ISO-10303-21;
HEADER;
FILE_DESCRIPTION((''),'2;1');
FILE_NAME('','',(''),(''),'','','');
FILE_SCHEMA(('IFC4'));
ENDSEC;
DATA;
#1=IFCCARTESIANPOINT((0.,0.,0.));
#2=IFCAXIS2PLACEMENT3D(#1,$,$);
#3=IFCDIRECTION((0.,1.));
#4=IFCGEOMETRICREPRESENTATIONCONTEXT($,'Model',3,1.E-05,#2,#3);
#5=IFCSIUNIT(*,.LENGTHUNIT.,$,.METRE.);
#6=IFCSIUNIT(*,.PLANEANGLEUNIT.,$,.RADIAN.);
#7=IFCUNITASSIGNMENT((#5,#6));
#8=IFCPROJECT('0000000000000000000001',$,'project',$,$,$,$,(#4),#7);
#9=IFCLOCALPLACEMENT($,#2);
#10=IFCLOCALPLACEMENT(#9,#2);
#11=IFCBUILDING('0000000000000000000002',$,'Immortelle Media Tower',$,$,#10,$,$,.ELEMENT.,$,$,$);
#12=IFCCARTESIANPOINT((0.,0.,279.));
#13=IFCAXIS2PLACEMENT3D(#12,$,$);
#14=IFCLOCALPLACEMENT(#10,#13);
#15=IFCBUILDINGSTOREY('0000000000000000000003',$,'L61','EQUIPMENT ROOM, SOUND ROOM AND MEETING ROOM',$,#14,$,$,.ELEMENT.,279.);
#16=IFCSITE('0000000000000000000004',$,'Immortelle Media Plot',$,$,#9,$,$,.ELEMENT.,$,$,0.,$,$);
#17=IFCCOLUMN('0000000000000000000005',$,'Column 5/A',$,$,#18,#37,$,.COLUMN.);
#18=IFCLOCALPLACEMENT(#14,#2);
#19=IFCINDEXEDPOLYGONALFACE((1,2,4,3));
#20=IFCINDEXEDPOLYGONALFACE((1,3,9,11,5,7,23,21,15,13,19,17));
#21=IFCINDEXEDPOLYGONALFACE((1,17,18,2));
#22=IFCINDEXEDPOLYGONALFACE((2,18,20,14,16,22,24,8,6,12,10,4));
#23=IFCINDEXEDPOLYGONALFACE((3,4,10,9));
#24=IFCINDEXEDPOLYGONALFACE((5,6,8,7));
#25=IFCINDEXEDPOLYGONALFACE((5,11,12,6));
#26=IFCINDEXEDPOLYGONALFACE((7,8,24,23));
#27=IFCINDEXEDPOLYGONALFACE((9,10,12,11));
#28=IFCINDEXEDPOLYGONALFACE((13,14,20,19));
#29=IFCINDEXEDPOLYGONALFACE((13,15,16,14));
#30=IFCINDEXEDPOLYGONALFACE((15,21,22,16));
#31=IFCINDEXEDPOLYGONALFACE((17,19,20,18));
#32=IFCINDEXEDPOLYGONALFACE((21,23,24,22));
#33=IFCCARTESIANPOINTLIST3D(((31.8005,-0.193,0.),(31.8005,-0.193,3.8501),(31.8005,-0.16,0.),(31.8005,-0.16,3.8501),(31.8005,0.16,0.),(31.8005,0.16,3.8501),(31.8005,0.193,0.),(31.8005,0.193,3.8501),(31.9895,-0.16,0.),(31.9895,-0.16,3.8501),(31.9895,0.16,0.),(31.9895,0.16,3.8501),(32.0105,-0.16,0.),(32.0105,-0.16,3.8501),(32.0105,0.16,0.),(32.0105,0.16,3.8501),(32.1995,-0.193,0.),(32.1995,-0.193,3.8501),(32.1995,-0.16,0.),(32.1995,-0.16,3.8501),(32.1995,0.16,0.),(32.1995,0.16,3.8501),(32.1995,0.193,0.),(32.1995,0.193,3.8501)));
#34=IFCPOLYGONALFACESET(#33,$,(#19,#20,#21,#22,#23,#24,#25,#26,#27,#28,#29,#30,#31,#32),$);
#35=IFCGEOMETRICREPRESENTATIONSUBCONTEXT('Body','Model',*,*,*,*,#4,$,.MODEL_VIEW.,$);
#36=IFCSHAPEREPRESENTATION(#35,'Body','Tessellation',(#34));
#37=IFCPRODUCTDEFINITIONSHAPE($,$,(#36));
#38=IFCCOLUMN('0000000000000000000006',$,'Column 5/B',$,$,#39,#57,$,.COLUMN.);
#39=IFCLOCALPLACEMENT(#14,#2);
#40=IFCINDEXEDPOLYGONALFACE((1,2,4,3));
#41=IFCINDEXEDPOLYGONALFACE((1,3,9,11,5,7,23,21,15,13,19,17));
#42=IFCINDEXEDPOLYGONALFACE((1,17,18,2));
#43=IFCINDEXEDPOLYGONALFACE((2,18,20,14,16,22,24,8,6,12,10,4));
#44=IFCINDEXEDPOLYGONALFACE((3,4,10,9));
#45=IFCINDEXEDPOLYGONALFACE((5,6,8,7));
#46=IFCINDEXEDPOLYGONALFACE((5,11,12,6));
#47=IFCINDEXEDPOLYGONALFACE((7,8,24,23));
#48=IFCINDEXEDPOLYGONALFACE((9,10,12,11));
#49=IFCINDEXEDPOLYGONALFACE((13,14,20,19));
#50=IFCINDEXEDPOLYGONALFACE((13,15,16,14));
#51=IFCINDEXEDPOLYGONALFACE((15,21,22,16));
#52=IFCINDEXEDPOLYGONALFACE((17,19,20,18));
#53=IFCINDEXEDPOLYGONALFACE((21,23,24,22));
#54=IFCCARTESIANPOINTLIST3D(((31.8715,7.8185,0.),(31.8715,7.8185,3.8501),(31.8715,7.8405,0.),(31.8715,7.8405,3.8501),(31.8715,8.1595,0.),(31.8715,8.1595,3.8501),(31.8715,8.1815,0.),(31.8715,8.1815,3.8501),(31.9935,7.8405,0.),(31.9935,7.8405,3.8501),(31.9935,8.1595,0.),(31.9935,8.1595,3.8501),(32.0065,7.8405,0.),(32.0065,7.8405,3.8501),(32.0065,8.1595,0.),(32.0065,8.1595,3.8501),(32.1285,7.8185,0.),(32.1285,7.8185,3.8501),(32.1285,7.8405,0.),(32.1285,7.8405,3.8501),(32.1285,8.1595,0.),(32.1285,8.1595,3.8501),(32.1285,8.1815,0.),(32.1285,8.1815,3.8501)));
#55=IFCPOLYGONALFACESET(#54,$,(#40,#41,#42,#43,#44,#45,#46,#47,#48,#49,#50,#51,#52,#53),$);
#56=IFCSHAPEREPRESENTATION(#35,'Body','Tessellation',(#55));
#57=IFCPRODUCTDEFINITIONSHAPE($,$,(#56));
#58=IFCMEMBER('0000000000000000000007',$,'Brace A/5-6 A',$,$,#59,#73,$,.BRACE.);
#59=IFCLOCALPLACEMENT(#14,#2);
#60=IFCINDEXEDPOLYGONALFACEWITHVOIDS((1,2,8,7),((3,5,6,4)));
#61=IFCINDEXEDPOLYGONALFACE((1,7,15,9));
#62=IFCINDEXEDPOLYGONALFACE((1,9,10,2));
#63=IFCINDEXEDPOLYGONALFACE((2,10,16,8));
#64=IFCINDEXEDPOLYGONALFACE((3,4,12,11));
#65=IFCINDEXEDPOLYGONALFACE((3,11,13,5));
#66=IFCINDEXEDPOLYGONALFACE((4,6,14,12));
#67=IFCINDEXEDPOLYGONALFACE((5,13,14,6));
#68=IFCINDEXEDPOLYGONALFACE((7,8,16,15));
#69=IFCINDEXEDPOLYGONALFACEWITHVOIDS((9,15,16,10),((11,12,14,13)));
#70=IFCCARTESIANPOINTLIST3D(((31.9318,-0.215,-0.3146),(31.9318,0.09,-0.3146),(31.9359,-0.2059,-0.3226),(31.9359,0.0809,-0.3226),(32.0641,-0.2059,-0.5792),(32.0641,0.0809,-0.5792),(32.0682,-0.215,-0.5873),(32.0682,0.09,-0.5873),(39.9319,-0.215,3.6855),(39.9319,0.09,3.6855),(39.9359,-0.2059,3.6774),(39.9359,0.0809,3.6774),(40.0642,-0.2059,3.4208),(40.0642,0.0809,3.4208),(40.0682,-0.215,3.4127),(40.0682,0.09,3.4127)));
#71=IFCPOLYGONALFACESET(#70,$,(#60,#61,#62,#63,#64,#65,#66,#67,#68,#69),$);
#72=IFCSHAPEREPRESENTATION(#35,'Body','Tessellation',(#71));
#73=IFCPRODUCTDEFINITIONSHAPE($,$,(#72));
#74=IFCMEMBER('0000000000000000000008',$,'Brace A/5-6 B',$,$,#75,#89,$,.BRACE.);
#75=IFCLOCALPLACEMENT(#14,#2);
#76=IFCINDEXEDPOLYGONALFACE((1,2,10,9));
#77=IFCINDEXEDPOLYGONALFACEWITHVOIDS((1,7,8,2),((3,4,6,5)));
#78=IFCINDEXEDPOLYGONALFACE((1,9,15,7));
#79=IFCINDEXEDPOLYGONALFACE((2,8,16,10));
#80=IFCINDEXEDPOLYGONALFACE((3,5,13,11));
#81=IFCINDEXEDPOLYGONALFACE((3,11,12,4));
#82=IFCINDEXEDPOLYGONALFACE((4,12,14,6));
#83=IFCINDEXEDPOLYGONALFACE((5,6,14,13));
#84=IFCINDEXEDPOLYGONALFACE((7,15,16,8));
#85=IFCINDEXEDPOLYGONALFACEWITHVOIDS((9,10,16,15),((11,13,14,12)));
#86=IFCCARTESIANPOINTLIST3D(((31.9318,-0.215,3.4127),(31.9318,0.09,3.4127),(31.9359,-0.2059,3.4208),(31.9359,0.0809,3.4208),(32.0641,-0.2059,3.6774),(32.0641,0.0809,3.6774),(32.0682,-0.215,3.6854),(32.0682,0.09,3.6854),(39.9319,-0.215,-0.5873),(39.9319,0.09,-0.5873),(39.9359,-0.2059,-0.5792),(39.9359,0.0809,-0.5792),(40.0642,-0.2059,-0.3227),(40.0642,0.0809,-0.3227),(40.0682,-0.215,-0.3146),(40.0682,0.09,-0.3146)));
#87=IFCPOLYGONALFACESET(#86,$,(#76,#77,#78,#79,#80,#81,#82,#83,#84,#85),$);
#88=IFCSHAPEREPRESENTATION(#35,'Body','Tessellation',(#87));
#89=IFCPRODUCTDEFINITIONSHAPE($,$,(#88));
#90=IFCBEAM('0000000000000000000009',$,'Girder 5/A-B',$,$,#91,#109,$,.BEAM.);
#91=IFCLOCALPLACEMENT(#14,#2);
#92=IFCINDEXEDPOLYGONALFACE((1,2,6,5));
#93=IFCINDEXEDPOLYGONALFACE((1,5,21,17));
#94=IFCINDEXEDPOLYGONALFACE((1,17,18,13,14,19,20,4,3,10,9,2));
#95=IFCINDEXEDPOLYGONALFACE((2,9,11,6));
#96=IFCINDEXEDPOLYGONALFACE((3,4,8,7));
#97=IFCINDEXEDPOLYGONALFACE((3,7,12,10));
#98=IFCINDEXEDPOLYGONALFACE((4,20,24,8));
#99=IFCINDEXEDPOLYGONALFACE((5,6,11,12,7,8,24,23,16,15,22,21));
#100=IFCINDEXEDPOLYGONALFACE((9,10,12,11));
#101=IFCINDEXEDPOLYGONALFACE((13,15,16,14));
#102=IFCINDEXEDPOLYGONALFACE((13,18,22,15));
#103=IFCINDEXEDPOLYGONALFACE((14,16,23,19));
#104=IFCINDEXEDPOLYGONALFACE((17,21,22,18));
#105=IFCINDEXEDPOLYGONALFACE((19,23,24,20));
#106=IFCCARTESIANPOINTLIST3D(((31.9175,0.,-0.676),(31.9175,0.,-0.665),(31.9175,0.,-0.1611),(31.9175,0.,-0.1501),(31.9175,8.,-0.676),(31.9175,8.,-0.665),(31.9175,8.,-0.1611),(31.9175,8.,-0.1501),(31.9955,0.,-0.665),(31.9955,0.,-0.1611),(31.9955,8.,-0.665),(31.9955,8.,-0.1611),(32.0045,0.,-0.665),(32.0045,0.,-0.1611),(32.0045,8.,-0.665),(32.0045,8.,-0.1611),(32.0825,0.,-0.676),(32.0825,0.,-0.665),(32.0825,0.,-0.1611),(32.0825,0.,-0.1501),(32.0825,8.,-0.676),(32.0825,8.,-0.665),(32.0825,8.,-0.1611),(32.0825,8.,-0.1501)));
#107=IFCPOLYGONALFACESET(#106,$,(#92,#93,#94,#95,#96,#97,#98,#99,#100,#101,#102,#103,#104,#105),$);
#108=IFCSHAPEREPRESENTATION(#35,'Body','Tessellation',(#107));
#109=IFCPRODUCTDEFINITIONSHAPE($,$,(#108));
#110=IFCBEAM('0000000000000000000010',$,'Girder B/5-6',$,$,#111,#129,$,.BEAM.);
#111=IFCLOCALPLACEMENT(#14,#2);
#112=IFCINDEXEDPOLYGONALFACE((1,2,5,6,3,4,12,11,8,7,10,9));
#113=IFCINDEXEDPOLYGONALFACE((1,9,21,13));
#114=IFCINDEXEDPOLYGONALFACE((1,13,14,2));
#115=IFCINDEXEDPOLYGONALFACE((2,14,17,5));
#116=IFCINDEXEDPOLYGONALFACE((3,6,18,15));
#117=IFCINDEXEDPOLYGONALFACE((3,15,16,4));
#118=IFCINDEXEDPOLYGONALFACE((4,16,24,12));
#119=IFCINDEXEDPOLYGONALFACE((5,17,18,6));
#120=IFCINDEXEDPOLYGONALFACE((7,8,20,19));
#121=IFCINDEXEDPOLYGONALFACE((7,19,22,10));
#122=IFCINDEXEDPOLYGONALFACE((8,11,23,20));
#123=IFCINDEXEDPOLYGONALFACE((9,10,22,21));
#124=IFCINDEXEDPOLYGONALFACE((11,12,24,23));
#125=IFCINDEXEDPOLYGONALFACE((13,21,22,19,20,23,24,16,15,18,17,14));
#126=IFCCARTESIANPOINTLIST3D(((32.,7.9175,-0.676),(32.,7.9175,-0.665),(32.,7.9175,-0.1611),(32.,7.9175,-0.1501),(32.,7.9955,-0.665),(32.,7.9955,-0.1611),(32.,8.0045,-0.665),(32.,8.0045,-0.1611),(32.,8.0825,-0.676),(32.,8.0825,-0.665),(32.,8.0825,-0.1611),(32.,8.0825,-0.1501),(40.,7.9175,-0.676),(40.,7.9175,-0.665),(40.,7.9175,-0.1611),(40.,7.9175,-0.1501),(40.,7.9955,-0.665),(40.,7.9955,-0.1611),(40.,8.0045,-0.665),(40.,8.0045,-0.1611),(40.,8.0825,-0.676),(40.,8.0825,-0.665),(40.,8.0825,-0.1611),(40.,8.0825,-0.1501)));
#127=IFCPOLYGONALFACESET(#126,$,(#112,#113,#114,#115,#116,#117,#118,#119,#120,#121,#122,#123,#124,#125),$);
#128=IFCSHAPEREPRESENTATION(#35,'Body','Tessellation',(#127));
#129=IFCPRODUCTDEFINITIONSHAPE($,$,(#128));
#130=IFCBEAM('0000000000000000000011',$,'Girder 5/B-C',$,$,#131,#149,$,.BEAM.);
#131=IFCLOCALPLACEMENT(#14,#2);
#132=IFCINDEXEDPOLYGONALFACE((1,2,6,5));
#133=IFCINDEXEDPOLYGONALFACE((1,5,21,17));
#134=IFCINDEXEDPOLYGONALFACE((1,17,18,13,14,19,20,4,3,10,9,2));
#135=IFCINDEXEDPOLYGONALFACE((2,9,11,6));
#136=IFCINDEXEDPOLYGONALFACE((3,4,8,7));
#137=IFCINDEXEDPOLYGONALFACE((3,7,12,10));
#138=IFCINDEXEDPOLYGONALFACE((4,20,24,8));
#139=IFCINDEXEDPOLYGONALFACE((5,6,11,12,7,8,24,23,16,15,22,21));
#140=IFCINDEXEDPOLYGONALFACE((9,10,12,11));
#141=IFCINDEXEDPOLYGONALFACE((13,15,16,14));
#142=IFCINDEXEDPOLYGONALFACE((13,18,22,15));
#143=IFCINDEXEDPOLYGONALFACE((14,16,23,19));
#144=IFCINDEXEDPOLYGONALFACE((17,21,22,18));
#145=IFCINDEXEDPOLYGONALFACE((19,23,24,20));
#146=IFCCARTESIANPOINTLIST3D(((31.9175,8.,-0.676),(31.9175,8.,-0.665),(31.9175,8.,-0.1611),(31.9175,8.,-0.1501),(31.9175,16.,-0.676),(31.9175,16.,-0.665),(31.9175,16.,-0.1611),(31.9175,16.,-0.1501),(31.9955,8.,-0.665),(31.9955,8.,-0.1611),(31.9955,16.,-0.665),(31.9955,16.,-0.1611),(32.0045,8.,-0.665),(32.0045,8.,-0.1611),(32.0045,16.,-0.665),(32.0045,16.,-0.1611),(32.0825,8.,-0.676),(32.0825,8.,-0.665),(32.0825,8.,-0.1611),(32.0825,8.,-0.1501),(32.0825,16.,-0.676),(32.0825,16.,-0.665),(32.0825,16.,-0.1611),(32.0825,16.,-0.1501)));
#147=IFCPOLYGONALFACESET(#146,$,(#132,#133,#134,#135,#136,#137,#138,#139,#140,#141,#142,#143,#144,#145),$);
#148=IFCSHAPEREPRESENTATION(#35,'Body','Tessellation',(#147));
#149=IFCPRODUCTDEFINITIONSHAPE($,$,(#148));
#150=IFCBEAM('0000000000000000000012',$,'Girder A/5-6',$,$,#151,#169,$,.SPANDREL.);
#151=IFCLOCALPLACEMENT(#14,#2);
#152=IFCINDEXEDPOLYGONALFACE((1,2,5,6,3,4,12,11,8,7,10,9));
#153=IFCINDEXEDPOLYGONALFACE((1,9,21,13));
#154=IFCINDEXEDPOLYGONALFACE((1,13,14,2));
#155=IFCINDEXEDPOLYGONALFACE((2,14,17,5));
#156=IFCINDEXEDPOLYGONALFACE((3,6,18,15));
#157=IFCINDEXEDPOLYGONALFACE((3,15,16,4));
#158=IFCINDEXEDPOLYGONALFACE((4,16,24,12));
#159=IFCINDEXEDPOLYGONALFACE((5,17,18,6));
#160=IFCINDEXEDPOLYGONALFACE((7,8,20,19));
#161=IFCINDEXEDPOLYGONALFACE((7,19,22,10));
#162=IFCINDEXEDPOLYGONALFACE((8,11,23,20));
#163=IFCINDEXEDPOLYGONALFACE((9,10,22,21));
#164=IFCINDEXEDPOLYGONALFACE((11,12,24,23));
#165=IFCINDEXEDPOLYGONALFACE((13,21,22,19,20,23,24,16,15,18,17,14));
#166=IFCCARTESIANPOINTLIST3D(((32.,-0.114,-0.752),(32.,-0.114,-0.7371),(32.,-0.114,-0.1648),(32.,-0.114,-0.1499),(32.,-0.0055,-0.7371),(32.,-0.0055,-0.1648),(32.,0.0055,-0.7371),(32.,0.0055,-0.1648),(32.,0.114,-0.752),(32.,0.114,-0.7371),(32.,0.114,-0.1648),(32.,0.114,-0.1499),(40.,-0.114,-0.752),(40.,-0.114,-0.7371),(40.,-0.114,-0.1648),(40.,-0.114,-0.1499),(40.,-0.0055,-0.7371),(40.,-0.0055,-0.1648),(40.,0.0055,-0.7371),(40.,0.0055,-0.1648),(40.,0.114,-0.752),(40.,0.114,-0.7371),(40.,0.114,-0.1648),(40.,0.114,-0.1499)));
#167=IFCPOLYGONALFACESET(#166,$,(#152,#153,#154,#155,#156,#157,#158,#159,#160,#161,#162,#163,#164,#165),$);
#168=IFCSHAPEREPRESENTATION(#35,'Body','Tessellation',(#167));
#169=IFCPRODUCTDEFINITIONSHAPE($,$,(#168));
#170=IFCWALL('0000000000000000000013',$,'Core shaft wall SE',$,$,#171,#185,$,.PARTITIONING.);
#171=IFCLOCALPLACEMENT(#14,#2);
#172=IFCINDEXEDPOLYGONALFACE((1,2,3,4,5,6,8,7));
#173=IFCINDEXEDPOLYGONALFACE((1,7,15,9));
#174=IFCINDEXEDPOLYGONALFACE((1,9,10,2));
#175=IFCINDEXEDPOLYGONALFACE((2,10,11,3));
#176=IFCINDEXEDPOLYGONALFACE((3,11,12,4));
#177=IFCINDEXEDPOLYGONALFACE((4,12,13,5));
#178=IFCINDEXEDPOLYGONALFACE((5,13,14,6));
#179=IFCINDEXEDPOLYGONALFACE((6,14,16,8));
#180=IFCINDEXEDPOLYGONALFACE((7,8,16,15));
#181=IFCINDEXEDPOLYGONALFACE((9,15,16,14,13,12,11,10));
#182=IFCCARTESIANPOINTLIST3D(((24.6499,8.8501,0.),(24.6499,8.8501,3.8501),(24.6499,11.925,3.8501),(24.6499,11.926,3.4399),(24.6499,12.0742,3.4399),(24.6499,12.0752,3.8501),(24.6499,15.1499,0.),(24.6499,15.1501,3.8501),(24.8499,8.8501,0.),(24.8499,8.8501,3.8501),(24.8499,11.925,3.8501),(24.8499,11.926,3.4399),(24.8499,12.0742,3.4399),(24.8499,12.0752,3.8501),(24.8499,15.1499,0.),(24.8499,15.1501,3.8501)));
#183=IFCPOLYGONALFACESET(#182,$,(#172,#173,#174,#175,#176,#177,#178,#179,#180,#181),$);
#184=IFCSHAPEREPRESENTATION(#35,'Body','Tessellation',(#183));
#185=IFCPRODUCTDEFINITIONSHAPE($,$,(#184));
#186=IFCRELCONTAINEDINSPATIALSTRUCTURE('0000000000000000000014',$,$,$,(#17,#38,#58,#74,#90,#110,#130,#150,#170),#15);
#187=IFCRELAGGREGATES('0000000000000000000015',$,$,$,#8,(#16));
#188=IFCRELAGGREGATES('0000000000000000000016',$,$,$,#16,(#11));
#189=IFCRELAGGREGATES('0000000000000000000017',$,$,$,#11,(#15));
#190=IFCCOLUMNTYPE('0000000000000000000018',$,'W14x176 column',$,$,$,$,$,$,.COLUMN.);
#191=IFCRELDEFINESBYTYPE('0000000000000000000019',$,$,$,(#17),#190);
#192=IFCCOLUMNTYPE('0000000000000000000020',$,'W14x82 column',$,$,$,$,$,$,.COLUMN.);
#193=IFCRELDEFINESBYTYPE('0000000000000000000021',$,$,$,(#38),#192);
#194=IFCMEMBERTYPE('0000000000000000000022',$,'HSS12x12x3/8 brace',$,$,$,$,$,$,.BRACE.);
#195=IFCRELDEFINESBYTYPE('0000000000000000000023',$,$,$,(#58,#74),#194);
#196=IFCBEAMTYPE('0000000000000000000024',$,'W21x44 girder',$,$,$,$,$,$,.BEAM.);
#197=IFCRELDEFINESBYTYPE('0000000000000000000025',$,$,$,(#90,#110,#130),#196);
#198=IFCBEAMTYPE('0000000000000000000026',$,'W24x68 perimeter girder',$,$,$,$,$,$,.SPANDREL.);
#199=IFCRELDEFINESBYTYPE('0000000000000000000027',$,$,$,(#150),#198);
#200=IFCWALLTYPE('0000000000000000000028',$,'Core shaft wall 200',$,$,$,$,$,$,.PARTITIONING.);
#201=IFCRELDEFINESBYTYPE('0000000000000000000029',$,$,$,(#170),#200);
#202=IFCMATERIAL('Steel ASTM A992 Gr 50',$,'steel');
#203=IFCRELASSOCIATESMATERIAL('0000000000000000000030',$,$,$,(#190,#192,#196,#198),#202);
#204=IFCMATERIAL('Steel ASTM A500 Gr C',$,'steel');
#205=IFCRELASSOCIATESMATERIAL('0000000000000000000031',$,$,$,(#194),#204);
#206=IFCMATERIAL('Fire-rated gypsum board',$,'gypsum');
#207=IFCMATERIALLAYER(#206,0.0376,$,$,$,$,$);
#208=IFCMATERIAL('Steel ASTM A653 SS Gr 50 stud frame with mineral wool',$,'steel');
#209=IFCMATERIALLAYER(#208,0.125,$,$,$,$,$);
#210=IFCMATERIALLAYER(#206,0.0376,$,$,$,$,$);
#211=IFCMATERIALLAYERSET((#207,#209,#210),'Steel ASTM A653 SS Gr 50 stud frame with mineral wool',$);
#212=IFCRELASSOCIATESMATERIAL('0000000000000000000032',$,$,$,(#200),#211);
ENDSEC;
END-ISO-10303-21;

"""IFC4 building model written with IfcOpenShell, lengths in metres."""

from ifc_helpers import new_model, si_unit, direction, frame, origin, origin_2d, place, context, subcontext, project, spatial, polyline, hollow_rectangle, i_section, outline, extrude, material, layer, layer_set, material_profile, profile_set, type_object, element, save


model = new_model("IFC4")

# Units and contexts
model_context = context("Model", 3, precision=1e-05, world=origin(), true_north=direction((0.0, 1.0)))
body_context = subcontext(model_context, "Body", "Model", "MODEL_VIEW")
ifc_project = project(units=[si_unit("LENGTHUNIT", "METRE"), si_unit("PLANEANGLEUNIT", "RADIAN")], contexts=[model_context])

# Site, building, storey
site_placement = place(None, origin())
site = spatial("IfcSite", under=ifc_project, at=site_placement, Name="Immortelle Media Plot", CompositionType="ELEMENT", RefElevation=0.0)
building_placement = place(site_placement, origin())
building = spatial("IfcBuilding", under=site, at=building_placement, Name="Immortelle Media Tower", CompositionType="ELEMENT")
storey_placement = place(building_placement, frame((0.0, 0.0, 279.0)))
storey = spatial("IfcBuildingStorey", under=building, at=storey_placement, Name="L61", Description="EQUIPMENT ROOM, SOUND ROOM AND MEETING ROOM", CompositionType="ELEMENT", Elevation=279.0)

# Columns
ifc_material_1 = material(Name="Steel ASTM A992 Gr 50", Category="steel")
ifc_material_profile_1 = material_profile(ifc_material_1, i_section(OverallWidth=0.3989, OverallDepth=0.386, WebThickness=0.021, FlangeThickness=0.033, at=origin_2d()), Name="W14x176")
ifc_profile_set_1 = profile_set([ifc_material_profile_1], Name="Steel ASTM A992 Gr 50")
column_type_1 = type_object("IfcColumnType", Name="W14x176 column", PredefinedType="COLUMN", material=ifc_profile_set_1)
column_1_placement = place(storey_placement, frame((32.0, 0.0, 0.0), z_axis=(0.0, 0.0, 1.0), x_axis=(1.0, 0.0, 0.0)))
element("IfcColumn", 1, at=column_1_placement, inside=storey, type_object=column_type_1, Name="Column 5/A", PredefinedType="COLUMN", context=body_context, shape_type="SweptSolid", body=[
    extrude(i_section(OverallWidth=0.3989, OverallDepth=0.386, WebThickness=0.021, FlangeThickness=0.033, at=origin_2d()), origin(), (0.0, 0.0, 1.0), 3.8501),
])
ifc_material_profile_2 = material_profile(ifc_material_1, i_section(OverallWidth=0.2571, OverallDepth=0.363, WebThickness=0.0129, FlangeThickness=0.022, at=origin_2d()), Name="W14x82")
ifc_profile_set_2 = profile_set([ifc_material_profile_2], Name="Steel ASTM A992 Gr 50")
column_type_2 = type_object("IfcColumnType", Name="W14x82 column", PredefinedType="COLUMN", material=ifc_profile_set_2)
column_2_placement = place(storey_placement, frame((32.0, 8.0, 0.0), z_axis=(0.0, 0.0, 1.0), x_axis=(1.0, 0.0, 0.0)))
element("IfcColumn", 2, at=column_2_placement, inside=storey, type_object=column_type_2, Name="Column 5/B", PredefinedType="COLUMN", context=body_context, shape_type="SweptSolid", body=[
    extrude(i_section(OverallWidth=0.2571, OverallDepth=0.363, WebThickness=0.0129, FlangeThickness=0.022, at=origin_2d()), origin(), (0.0, 0.0, 1.0), 3.8501),
])

# Members
ifc_material_2 = material(Name="Steel ASTM A500 Gr C", Category="steel")
ifc_material_profile_3 = material_profile(ifc_material_2, hollow_rectangle(XDim=0.3049, YDim=0.3049, WallThickness=0.009, at=origin_2d()), Name="HSS12x12x3/8 brace")
ifc_profile_set_3 = profile_set([ifc_material_profile_3], Name="Steel ASTM A500 Gr C")
member_type = type_object("IfcMemberType", Name="HSS12x12x3/8 brace", PredefinedType="BRACE", material=ifc_profile_set_3)
for number, where, z_axis, x_axis, name in (
    (3, (32.0, -0.0625, -0.4509), (0.894427, 0.0, 0.447214), (0.0, 1.0, 0.0), "Brace A/5-6 A"),
    (4, (32.0, -0.0625, 3.5491), (0.894427, 0.0, -0.447214), (0.0, 1.0, 0.0), "Brace A/5-6 B"),
):
    element("IfcMember", number, at=place(storey_placement, frame(where, z_axis=z_axis, x_axis=x_axis)), inside=storey, type_object=member_type, Name=name, PredefinedType="BRACE", context=body_context, shape_type="SweptSolid", body=[
        extrude(hollow_rectangle(XDim=0.3049, YDim=0.3049, WallThickness=0.009, at=origin_2d()), origin(), (0.0, 0.0, 1.0), 8.9443),
    ])

# Beams
ifc_material_profile_4 = material_profile(ifc_material_1, i_section(OverallWidth=0.165, OverallDepth=0.5259, WebThickness=0.009, FlangeThickness=0.011, at=origin_2d()), Name="W21x44")
ifc_profile_set_4 = profile_set([ifc_material_profile_4], Name="Steel ASTM A992 Gr 50")
beam_type_1 = type_object("IfcBeamType", Name="W21x44 girder", PredefinedType="BEAM", material=ifc_profile_set_4)
for number, where, z_axis, x_axis, name in (
    (5, (32.0, 0.0, -0.4131), (0.0, 1.0, 0.0), (-1.0, 0.0, 0.0), "Girder 5/A-B"),
    (6, (32.0, 8.0, -0.4131), (1.0, 0.0, 0.0), (0.0, 1.0, 0.0), "Girder B/5-6"),
    (7, (32.0, 8.0, -0.4131), (0.0, 1.0, 0.0), (-1.0, 0.0, 0.0), "Girder 5/B-C"),
):
    element("IfcBeam", number, at=place(storey_placement, frame(where, z_axis=z_axis, x_axis=x_axis)), inside=storey, type_object=beam_type_1, Name=name, PredefinedType="BEAM", context=body_context, shape_type="SweptSolid", body=[
        extrude(i_section(OverallWidth=0.165, OverallDepth=0.5259, WebThickness=0.009, FlangeThickness=0.011, at=origin_2d()), origin(), (0.0, 0.0, 1.0), 8.0),
    ])
ifc_material_profile_5 = material_profile(ifc_material_1, i_section(OverallWidth=0.228, OverallDepth=0.6021, WebThickness=0.011, FlangeThickness=0.0149, at=origin_2d()), Name="W24x68")
ifc_profile_set_5 = profile_set([ifc_material_profile_5], Name="Steel ASTM A992 Gr 50")
beam_type_2 = type_object("IfcBeamType", Name="W24x68 perimeter girder", PredefinedType="SPANDREL", material=ifc_profile_set_5)
beam_placement = place(storey_placement, frame((32.0, 0.0, -0.4509), z_axis=(1.0, 0.0, 0.0), x_axis=(0.0, 1.0, 0.0)))
element("IfcBeam", 8, at=beam_placement, inside=storey, type_object=beam_type_2, Name="Girder A/5-6", PredefinedType="SPANDREL", context=body_context, shape_type="SweptSolid", body=[
    extrude(i_section(OverallWidth=0.228, OverallDepth=0.6021, WebThickness=0.011, FlangeThickness=0.0149, at=origin_2d()), origin(), (0.0, 0.0, 1.0), 8.0),
])

# Wall
ifc_material_3 = material(Name="Fire-rated gypsum board", Category="gypsum")
ifc_layer_1 = layer(ifc_material_3, 0.0376)
ifc_material_4 = material(Name="Steel ASTM A653 SS Gr 50 stud frame with mineral wool", Category="steel")
ifc_layer_2 = layer(ifc_material_4, 0.125)
ifc_layer_3 = layer(ifc_material_3, 0.0376)
ifc_layer_set_1 = layer_set([ifc_layer_1, ifc_layer_2, ifc_layer_3], Name="Steel ASTM A653 SS Gr 50 stud frame with mineral wool")
wall_type_1 = type_object("IfcWallType", Name="Core shaft wall 200", PredefinedType="PARTITIONING", material=ifc_layer_set_1)
wall_1_placement = place(storey_placement, frame((24.75, 8.8501, 0.0), z_axis=(0.0, 0.0, 1.0), x_axis=(0.0, 1.0, 0.0)))
element("IfcWall", 9, at=wall_1_placement, inside=storey, type_object=wall_type_1, Name="Core shaft wall SE", PredefinedType="PARTITIONING", context=body_context, shape_type="SweptSolid", body=[
    extrude(outline(polyline([(0.0, 0.0), (6.2998, 0.0), (6.3, 3.8501), (3.2251, 3.8501), (3.2241, 3.4399), (3.0759, 3.4399), (3.075, 3.8501), (0.0, 3.8501), (0.0, 0.0)])), frame((0.0, 0.1001, 0.0), z_axis=(0.0, -1.0, 0.0), x_axis=(1.0, 0.0, 0.0)), (0.0, 0.0, 1.0), 0.2),
])

save(model, "model.ifc")
